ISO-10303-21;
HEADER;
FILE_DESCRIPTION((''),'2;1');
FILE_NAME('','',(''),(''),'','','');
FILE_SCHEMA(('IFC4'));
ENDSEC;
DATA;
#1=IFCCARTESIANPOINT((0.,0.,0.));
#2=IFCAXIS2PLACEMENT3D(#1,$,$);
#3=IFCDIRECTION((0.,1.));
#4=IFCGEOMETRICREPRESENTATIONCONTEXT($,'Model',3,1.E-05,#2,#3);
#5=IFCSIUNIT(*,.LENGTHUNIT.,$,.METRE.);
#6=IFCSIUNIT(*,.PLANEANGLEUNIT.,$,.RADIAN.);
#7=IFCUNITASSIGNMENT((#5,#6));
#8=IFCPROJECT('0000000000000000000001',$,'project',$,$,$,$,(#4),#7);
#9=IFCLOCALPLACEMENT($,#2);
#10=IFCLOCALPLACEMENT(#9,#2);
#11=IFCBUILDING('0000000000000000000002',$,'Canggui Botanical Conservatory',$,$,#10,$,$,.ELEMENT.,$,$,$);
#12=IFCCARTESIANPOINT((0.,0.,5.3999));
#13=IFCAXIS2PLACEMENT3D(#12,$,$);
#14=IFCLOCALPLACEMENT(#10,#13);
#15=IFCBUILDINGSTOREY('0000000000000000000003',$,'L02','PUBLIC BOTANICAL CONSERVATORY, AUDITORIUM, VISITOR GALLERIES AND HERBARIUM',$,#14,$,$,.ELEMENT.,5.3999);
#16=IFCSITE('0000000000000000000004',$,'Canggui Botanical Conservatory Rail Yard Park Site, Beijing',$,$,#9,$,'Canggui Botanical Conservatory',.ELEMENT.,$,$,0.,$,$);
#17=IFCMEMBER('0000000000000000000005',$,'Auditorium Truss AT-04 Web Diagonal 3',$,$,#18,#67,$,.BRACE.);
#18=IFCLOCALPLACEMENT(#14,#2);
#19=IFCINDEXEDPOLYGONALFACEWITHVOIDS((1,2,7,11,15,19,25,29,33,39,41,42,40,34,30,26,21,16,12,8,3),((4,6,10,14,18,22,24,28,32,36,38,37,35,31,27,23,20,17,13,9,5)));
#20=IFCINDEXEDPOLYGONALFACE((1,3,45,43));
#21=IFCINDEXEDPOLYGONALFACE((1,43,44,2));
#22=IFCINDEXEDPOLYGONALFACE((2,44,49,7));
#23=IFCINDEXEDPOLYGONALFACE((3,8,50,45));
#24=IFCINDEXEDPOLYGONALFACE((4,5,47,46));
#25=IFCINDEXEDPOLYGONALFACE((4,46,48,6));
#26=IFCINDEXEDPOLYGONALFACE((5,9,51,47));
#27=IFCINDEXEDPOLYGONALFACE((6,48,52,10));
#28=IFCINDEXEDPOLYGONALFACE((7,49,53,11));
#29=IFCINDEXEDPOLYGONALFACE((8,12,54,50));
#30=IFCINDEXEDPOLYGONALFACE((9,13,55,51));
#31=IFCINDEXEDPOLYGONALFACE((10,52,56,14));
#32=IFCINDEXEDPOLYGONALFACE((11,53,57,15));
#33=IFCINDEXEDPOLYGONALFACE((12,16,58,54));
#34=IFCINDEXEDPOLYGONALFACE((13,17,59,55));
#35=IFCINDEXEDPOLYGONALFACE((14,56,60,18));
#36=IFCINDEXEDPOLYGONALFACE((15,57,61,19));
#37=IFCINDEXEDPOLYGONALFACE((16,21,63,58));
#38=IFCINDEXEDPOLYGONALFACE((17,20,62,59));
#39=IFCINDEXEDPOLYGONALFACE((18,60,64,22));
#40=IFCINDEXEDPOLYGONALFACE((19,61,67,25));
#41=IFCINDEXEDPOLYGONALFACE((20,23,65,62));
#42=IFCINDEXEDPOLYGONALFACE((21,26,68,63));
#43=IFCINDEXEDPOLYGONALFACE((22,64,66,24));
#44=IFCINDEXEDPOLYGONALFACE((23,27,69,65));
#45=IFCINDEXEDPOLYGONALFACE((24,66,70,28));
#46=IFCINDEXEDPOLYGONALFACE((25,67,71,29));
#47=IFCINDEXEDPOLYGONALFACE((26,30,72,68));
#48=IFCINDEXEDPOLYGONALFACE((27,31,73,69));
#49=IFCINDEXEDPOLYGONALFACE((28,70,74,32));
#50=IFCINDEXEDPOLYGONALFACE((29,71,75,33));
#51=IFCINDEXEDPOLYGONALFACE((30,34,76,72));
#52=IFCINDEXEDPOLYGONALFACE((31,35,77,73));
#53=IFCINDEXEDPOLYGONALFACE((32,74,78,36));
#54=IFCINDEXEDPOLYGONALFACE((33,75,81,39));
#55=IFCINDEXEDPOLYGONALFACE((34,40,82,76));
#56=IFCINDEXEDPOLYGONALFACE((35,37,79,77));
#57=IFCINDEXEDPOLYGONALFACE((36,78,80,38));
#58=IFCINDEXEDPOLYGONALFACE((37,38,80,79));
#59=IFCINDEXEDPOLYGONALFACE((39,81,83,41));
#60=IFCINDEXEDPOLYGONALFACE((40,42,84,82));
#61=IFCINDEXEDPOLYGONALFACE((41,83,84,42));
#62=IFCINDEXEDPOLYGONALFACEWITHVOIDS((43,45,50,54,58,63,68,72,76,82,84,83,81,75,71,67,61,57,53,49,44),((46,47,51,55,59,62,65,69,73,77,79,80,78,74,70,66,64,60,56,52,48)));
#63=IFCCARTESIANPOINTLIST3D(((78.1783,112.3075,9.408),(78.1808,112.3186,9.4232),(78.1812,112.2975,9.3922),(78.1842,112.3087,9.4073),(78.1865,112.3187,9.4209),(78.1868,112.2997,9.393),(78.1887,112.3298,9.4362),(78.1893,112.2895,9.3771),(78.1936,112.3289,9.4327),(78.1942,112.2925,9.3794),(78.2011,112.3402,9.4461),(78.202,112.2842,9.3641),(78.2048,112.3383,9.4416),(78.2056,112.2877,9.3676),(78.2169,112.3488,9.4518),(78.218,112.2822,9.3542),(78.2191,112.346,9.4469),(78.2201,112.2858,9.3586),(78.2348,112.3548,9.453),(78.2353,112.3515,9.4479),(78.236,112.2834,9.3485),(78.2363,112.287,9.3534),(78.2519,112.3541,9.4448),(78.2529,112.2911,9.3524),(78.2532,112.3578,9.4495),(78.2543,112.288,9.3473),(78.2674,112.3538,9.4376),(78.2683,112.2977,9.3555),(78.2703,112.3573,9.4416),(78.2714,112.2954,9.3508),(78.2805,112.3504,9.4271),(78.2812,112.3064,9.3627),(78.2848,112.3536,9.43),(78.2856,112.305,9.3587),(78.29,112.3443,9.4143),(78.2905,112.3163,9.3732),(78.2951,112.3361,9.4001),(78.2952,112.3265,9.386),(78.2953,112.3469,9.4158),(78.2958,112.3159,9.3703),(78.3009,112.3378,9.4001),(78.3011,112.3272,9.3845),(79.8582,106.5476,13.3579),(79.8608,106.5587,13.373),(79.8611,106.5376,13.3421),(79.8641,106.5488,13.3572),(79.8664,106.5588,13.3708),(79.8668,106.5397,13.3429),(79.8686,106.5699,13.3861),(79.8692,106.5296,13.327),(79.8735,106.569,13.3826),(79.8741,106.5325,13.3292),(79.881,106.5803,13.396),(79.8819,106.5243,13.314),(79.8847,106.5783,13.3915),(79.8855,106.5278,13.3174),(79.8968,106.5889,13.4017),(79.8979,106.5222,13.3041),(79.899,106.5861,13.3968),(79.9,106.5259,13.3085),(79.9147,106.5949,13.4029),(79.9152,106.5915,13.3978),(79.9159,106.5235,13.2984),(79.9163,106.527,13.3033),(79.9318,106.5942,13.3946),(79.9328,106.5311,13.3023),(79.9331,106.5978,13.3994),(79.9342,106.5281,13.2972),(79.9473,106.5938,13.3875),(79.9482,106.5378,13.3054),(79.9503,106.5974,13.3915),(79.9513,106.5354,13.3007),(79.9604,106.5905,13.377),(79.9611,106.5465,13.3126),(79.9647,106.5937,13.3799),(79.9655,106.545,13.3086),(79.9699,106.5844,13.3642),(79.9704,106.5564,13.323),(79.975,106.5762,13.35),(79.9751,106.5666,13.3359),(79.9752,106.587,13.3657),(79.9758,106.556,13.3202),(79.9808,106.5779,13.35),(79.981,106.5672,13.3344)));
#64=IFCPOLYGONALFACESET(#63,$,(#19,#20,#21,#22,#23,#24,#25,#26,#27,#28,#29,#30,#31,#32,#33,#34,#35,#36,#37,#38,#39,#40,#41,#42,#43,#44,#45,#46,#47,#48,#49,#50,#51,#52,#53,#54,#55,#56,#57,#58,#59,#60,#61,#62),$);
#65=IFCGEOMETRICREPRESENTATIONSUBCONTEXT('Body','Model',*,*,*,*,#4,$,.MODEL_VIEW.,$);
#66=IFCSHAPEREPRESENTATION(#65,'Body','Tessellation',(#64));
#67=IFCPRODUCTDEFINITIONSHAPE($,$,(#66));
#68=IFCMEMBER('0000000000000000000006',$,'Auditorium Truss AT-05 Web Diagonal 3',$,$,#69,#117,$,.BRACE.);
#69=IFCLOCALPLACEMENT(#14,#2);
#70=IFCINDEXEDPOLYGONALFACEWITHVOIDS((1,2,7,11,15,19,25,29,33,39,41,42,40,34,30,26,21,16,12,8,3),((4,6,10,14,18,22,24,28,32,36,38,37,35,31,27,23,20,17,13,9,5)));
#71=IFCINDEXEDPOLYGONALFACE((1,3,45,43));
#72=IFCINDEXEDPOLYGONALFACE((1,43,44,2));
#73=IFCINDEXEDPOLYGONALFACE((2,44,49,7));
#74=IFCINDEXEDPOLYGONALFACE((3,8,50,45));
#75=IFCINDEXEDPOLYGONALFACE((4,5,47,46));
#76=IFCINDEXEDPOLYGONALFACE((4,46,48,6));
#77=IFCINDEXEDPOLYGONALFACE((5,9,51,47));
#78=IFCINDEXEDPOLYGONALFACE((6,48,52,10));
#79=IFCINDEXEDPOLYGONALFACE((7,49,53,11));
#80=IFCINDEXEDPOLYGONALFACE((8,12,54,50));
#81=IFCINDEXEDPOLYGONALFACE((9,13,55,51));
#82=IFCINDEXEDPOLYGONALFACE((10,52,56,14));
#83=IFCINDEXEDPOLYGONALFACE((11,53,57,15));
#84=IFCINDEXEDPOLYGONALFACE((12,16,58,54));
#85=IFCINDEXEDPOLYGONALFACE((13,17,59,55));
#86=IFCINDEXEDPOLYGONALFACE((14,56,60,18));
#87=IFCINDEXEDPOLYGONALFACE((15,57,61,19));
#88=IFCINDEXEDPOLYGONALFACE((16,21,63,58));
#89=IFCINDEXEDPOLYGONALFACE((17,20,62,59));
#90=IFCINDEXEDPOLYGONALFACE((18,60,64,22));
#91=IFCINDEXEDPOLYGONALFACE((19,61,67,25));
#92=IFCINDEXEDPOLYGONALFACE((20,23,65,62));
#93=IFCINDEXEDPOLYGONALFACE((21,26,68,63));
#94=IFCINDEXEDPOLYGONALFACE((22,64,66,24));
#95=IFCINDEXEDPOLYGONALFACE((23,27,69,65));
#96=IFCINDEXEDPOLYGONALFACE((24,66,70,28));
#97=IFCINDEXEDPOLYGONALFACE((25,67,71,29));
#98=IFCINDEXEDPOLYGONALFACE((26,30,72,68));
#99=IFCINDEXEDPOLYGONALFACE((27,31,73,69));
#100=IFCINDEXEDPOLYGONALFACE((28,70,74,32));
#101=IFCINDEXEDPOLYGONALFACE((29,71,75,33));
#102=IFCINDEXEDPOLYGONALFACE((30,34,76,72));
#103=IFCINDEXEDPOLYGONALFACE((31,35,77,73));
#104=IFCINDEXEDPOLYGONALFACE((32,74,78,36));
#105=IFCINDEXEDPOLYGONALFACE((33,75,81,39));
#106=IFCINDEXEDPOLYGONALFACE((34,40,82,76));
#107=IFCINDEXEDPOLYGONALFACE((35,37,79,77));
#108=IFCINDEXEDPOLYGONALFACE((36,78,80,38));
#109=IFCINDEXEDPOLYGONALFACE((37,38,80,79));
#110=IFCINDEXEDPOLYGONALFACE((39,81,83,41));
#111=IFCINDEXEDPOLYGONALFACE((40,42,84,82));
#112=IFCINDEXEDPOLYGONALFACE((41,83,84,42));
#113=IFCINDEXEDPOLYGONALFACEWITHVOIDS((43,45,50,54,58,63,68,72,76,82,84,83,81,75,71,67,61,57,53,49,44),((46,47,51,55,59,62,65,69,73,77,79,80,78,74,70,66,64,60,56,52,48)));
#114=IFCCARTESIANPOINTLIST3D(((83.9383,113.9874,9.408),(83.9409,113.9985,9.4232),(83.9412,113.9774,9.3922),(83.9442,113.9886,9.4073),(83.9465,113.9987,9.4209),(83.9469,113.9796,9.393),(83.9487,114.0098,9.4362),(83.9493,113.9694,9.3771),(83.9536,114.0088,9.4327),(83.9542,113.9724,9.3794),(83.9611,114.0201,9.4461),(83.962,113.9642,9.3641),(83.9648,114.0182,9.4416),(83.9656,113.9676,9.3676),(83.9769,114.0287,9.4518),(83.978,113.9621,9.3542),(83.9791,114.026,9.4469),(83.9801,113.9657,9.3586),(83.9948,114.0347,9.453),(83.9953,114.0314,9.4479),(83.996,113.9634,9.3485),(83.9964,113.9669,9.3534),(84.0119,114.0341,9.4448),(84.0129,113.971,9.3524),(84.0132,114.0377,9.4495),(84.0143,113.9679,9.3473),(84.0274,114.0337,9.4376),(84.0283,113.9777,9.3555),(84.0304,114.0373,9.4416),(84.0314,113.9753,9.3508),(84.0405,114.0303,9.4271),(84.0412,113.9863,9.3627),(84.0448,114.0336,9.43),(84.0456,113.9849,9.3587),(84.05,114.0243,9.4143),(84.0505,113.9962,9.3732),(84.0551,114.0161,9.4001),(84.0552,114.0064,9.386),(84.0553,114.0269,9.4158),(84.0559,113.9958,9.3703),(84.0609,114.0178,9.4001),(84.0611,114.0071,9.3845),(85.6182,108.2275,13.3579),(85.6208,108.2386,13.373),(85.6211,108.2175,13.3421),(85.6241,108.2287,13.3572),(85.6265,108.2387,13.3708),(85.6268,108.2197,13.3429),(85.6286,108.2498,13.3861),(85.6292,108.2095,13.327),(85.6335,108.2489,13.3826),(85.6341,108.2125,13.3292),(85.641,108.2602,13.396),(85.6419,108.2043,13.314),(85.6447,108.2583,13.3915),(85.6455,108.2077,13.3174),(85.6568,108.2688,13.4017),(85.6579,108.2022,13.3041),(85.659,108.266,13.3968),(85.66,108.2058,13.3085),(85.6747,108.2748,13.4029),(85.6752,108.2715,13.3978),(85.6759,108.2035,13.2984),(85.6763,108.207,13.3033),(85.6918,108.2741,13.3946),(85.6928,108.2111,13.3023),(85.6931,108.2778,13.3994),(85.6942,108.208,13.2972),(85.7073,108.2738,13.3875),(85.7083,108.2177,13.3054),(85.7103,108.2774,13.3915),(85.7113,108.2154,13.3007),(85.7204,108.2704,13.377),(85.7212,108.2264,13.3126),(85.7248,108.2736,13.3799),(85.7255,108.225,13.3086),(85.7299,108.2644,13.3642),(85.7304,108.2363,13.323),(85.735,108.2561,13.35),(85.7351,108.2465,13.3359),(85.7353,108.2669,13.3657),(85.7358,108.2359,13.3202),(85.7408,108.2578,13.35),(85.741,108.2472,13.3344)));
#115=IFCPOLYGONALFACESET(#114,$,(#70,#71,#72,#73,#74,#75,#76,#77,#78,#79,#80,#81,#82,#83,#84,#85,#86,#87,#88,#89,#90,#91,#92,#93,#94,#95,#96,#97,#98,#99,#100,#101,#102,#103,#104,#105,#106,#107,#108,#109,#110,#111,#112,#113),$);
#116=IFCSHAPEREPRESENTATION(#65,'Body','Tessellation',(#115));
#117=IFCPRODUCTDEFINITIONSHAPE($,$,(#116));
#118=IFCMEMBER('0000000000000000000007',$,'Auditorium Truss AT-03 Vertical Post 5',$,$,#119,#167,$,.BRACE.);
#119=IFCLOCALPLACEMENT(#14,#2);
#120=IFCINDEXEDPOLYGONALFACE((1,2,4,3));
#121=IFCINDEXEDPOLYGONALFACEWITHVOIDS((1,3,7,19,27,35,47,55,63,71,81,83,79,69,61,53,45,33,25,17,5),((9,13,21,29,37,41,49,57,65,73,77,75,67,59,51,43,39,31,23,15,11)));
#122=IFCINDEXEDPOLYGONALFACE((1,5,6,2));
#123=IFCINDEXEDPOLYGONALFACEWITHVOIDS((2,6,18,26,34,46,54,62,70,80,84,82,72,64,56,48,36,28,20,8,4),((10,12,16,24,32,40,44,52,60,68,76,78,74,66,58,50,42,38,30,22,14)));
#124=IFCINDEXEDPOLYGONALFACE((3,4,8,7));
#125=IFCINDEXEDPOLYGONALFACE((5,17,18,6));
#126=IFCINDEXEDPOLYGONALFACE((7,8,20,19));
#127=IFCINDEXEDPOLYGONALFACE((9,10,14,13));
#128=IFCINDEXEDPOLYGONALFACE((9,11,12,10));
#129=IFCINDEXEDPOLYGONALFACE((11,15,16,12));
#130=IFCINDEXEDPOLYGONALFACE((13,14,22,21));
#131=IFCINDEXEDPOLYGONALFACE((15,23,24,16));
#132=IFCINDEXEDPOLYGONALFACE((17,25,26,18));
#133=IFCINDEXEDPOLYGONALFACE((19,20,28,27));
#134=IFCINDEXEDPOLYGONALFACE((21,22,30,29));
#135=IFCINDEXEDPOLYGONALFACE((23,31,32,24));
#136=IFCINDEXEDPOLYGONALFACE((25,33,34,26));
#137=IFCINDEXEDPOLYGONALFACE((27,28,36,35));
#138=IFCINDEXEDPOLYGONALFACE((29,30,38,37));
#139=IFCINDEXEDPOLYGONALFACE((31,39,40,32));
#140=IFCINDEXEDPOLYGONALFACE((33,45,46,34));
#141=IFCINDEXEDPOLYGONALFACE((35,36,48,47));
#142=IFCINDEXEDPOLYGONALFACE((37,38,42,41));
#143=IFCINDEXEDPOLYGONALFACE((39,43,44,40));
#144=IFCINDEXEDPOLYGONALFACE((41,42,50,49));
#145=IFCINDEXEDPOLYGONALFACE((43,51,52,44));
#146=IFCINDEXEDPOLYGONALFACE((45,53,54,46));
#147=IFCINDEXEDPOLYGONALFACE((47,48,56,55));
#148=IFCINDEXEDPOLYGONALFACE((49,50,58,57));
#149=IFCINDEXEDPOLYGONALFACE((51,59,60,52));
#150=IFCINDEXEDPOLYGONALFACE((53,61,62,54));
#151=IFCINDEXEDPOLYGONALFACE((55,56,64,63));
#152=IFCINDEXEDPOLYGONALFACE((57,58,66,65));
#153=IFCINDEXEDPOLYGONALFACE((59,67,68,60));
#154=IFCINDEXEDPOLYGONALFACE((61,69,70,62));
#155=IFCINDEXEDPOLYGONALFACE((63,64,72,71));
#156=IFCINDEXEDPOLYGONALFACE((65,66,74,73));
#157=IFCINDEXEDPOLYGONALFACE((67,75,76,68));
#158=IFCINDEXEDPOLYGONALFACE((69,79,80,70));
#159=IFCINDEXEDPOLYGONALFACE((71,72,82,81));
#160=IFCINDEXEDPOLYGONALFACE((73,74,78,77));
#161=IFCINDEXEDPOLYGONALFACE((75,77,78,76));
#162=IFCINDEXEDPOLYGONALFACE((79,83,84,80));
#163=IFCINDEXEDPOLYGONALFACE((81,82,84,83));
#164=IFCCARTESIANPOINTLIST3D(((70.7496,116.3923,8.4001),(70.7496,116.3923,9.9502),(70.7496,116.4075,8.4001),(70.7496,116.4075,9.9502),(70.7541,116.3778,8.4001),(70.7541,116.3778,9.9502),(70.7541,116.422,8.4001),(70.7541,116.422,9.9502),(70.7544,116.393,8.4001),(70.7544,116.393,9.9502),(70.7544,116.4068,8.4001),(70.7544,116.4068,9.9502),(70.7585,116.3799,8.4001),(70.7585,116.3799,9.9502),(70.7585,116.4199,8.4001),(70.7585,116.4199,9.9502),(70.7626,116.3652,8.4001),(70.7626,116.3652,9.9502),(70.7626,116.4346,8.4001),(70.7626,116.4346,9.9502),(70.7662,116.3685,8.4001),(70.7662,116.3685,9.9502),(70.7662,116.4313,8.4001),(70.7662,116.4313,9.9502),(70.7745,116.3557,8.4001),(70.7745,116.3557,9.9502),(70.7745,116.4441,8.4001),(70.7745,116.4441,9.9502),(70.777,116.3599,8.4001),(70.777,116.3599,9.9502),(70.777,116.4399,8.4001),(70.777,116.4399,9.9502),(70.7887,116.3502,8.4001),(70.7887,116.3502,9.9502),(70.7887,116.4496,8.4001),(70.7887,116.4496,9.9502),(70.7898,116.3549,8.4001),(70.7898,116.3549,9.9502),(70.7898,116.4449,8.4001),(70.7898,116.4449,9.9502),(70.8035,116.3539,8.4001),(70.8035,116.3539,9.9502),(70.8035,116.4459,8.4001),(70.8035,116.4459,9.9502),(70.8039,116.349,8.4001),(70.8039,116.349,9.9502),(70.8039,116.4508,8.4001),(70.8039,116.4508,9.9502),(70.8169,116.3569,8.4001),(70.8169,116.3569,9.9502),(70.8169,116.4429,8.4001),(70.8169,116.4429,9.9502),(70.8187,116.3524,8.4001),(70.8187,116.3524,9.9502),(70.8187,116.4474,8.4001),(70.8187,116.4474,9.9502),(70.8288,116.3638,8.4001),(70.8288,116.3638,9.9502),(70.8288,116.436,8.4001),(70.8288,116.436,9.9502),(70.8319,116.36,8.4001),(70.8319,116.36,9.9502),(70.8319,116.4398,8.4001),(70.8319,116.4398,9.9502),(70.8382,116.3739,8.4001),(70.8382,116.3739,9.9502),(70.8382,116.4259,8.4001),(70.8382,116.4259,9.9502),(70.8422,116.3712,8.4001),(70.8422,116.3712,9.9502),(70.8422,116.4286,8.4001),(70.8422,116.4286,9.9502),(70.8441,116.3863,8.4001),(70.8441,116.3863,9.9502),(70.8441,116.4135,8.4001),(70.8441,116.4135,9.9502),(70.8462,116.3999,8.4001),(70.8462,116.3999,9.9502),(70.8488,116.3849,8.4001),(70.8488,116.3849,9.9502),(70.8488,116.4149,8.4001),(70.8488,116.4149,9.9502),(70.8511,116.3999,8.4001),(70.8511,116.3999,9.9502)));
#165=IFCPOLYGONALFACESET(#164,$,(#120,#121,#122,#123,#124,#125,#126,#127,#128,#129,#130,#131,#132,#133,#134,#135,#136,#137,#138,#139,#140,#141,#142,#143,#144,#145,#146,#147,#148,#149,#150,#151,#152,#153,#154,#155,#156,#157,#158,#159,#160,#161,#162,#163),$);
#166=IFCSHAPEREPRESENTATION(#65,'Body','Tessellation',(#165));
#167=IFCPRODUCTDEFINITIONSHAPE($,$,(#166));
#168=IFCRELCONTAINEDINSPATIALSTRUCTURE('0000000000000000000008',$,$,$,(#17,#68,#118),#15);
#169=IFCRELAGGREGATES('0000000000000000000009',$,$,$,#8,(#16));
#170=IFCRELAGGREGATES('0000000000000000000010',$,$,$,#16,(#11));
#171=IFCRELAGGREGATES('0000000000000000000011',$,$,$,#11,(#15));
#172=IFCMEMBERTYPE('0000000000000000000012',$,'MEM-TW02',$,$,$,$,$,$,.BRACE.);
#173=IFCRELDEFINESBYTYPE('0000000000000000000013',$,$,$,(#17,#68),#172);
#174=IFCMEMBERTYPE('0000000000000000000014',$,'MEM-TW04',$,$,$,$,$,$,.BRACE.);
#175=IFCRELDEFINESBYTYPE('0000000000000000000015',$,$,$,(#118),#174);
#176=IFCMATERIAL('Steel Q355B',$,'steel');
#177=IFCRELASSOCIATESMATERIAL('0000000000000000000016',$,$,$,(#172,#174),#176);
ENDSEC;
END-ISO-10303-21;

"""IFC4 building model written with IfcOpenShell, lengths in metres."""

from ifc_helpers import new_model, si_unit, direction, frame, origin, origin_2d, place, context, subcontext, project, spatial, hollow_circle, extrude, material, material_profile, profile_set, type_object, element, save


model = new_model("IFC4")

# Units and contexts
model_context = context("Model", 3, precision=1e-05, world=origin(), true_north=direction((0.0, 1.0)))
body_context = subcontext(model_context, "Body", "Model", "MODEL_VIEW")
ifc_project = project(units=[si_unit("LENGTHUNIT", "METRE"), si_unit("PLANEANGLEUNIT", "RADIAN")], contexts=[model_context])

# Site, building, storey
site_placement = place(None, origin())
site = spatial("IfcSite", under=ifc_project, at=site_placement, Name="Canggui Botanical Conservatory Rail Yard Park Site, Beijing", LongName="Canggui Botanical Conservatory", CompositionType="ELEMENT", RefElevation=0.0)
building_placement = place(site_placement, origin())
building = spatial("IfcBuilding", under=site, at=building_placement, Name="Canggui Botanical Conservatory", CompositionType="ELEMENT")
storey_placement = place(building_placement, frame((0.0, 0.0, 5.3999)))
storey = spatial("IfcBuildingStorey", under=building, at=storey_placement, Name="L02", Description="PUBLIC BOTANICAL CONSERVATORY, AUDITORIUM, VISITOR GALLERIES AND HERBARIUM", CompositionType="ELEMENT", Elevation=5.3999)

# Shared definitions
ifc_material_1 = material(Name="Steel Q355B", Category="steel")

# Members
ifc_material_profile_1 = material_profile(ifc_material_1, hollow_circle(Radius=0.0635, WallThickness=0.0061, at=origin_2d()), Name="CHS 127x6")
ifc_profile_set_1 = profile_set([ifc_material_profile_1], Name="Steel Q355B")
member_type_1 = type_object("IfcMemberType", Name="MEM-TW02", PredefinedType="BRACE", material=ifc_profile_set_1)
for number, where, z_axis, x_axis, name in (
    (1, (78.24, 112.3201, 9.4001), (0.233861, -0.801844, 0.549868), (0.960003, 0.279989, 0.0), "Auditorium Truss AT-04 Web Diagonal 3"),
    (2, (84.0, 114.0, 9.4001), (0.233861, -0.801844, 0.549868), (0.960003, 0.279989, 0.0), "Auditorium Truss AT-05 Web Diagonal 3"),
):
    element("IfcMember", number, at=place(storey_placement, frame(where, z_axis=z_axis, x_axis=x_axis)), inside=storey, type_object=member_type_1, Name=name, PredefinedType="BRACE", context=body_context, shape_type="SweptSolid", body=[
        extrude(hollow_circle(Radius=0.0635, WallThickness=0.0061, at=origin_2d()), origin(), (0.0, 0.0, 1.0), 7.1833),
    ])
ifc_material_profile_2 = material_profile(ifc_material_1, hollow_circle(Radius=0.051, WallThickness=0.0049, at=origin_2d()), Name="CHS 102x5")
ifc_profile_set_2 = profile_set([ifc_material_profile_2], Name="Steel Q355B")
member_type_2 = type_object("IfcMemberType", Name="MEM-TW04", PredefinedType="BRACE", material=ifc_profile_set_2)
member_1_placement = place(storey_placement, frame((70.8, 116.3999, 8.4001), z_axis=(0.0, 0.0, 1.0), x_axis=(1.0, 0.0, 0.0)))
element("IfcMember", 3, at=member_1_placement, inside=storey, type_object=member_type_2, Name="Auditorium Truss AT-03 Vertical Post 5", PredefinedType="BRACE", context=body_context, shape_type="SweptSolid", body=[
    extrude(hollow_circle(Radius=0.051, WallThickness=0.0049, at=origin_2d()), origin(), (0.0, 0.0, 1.0), 1.55),
])

save(model, "model.ifc")
